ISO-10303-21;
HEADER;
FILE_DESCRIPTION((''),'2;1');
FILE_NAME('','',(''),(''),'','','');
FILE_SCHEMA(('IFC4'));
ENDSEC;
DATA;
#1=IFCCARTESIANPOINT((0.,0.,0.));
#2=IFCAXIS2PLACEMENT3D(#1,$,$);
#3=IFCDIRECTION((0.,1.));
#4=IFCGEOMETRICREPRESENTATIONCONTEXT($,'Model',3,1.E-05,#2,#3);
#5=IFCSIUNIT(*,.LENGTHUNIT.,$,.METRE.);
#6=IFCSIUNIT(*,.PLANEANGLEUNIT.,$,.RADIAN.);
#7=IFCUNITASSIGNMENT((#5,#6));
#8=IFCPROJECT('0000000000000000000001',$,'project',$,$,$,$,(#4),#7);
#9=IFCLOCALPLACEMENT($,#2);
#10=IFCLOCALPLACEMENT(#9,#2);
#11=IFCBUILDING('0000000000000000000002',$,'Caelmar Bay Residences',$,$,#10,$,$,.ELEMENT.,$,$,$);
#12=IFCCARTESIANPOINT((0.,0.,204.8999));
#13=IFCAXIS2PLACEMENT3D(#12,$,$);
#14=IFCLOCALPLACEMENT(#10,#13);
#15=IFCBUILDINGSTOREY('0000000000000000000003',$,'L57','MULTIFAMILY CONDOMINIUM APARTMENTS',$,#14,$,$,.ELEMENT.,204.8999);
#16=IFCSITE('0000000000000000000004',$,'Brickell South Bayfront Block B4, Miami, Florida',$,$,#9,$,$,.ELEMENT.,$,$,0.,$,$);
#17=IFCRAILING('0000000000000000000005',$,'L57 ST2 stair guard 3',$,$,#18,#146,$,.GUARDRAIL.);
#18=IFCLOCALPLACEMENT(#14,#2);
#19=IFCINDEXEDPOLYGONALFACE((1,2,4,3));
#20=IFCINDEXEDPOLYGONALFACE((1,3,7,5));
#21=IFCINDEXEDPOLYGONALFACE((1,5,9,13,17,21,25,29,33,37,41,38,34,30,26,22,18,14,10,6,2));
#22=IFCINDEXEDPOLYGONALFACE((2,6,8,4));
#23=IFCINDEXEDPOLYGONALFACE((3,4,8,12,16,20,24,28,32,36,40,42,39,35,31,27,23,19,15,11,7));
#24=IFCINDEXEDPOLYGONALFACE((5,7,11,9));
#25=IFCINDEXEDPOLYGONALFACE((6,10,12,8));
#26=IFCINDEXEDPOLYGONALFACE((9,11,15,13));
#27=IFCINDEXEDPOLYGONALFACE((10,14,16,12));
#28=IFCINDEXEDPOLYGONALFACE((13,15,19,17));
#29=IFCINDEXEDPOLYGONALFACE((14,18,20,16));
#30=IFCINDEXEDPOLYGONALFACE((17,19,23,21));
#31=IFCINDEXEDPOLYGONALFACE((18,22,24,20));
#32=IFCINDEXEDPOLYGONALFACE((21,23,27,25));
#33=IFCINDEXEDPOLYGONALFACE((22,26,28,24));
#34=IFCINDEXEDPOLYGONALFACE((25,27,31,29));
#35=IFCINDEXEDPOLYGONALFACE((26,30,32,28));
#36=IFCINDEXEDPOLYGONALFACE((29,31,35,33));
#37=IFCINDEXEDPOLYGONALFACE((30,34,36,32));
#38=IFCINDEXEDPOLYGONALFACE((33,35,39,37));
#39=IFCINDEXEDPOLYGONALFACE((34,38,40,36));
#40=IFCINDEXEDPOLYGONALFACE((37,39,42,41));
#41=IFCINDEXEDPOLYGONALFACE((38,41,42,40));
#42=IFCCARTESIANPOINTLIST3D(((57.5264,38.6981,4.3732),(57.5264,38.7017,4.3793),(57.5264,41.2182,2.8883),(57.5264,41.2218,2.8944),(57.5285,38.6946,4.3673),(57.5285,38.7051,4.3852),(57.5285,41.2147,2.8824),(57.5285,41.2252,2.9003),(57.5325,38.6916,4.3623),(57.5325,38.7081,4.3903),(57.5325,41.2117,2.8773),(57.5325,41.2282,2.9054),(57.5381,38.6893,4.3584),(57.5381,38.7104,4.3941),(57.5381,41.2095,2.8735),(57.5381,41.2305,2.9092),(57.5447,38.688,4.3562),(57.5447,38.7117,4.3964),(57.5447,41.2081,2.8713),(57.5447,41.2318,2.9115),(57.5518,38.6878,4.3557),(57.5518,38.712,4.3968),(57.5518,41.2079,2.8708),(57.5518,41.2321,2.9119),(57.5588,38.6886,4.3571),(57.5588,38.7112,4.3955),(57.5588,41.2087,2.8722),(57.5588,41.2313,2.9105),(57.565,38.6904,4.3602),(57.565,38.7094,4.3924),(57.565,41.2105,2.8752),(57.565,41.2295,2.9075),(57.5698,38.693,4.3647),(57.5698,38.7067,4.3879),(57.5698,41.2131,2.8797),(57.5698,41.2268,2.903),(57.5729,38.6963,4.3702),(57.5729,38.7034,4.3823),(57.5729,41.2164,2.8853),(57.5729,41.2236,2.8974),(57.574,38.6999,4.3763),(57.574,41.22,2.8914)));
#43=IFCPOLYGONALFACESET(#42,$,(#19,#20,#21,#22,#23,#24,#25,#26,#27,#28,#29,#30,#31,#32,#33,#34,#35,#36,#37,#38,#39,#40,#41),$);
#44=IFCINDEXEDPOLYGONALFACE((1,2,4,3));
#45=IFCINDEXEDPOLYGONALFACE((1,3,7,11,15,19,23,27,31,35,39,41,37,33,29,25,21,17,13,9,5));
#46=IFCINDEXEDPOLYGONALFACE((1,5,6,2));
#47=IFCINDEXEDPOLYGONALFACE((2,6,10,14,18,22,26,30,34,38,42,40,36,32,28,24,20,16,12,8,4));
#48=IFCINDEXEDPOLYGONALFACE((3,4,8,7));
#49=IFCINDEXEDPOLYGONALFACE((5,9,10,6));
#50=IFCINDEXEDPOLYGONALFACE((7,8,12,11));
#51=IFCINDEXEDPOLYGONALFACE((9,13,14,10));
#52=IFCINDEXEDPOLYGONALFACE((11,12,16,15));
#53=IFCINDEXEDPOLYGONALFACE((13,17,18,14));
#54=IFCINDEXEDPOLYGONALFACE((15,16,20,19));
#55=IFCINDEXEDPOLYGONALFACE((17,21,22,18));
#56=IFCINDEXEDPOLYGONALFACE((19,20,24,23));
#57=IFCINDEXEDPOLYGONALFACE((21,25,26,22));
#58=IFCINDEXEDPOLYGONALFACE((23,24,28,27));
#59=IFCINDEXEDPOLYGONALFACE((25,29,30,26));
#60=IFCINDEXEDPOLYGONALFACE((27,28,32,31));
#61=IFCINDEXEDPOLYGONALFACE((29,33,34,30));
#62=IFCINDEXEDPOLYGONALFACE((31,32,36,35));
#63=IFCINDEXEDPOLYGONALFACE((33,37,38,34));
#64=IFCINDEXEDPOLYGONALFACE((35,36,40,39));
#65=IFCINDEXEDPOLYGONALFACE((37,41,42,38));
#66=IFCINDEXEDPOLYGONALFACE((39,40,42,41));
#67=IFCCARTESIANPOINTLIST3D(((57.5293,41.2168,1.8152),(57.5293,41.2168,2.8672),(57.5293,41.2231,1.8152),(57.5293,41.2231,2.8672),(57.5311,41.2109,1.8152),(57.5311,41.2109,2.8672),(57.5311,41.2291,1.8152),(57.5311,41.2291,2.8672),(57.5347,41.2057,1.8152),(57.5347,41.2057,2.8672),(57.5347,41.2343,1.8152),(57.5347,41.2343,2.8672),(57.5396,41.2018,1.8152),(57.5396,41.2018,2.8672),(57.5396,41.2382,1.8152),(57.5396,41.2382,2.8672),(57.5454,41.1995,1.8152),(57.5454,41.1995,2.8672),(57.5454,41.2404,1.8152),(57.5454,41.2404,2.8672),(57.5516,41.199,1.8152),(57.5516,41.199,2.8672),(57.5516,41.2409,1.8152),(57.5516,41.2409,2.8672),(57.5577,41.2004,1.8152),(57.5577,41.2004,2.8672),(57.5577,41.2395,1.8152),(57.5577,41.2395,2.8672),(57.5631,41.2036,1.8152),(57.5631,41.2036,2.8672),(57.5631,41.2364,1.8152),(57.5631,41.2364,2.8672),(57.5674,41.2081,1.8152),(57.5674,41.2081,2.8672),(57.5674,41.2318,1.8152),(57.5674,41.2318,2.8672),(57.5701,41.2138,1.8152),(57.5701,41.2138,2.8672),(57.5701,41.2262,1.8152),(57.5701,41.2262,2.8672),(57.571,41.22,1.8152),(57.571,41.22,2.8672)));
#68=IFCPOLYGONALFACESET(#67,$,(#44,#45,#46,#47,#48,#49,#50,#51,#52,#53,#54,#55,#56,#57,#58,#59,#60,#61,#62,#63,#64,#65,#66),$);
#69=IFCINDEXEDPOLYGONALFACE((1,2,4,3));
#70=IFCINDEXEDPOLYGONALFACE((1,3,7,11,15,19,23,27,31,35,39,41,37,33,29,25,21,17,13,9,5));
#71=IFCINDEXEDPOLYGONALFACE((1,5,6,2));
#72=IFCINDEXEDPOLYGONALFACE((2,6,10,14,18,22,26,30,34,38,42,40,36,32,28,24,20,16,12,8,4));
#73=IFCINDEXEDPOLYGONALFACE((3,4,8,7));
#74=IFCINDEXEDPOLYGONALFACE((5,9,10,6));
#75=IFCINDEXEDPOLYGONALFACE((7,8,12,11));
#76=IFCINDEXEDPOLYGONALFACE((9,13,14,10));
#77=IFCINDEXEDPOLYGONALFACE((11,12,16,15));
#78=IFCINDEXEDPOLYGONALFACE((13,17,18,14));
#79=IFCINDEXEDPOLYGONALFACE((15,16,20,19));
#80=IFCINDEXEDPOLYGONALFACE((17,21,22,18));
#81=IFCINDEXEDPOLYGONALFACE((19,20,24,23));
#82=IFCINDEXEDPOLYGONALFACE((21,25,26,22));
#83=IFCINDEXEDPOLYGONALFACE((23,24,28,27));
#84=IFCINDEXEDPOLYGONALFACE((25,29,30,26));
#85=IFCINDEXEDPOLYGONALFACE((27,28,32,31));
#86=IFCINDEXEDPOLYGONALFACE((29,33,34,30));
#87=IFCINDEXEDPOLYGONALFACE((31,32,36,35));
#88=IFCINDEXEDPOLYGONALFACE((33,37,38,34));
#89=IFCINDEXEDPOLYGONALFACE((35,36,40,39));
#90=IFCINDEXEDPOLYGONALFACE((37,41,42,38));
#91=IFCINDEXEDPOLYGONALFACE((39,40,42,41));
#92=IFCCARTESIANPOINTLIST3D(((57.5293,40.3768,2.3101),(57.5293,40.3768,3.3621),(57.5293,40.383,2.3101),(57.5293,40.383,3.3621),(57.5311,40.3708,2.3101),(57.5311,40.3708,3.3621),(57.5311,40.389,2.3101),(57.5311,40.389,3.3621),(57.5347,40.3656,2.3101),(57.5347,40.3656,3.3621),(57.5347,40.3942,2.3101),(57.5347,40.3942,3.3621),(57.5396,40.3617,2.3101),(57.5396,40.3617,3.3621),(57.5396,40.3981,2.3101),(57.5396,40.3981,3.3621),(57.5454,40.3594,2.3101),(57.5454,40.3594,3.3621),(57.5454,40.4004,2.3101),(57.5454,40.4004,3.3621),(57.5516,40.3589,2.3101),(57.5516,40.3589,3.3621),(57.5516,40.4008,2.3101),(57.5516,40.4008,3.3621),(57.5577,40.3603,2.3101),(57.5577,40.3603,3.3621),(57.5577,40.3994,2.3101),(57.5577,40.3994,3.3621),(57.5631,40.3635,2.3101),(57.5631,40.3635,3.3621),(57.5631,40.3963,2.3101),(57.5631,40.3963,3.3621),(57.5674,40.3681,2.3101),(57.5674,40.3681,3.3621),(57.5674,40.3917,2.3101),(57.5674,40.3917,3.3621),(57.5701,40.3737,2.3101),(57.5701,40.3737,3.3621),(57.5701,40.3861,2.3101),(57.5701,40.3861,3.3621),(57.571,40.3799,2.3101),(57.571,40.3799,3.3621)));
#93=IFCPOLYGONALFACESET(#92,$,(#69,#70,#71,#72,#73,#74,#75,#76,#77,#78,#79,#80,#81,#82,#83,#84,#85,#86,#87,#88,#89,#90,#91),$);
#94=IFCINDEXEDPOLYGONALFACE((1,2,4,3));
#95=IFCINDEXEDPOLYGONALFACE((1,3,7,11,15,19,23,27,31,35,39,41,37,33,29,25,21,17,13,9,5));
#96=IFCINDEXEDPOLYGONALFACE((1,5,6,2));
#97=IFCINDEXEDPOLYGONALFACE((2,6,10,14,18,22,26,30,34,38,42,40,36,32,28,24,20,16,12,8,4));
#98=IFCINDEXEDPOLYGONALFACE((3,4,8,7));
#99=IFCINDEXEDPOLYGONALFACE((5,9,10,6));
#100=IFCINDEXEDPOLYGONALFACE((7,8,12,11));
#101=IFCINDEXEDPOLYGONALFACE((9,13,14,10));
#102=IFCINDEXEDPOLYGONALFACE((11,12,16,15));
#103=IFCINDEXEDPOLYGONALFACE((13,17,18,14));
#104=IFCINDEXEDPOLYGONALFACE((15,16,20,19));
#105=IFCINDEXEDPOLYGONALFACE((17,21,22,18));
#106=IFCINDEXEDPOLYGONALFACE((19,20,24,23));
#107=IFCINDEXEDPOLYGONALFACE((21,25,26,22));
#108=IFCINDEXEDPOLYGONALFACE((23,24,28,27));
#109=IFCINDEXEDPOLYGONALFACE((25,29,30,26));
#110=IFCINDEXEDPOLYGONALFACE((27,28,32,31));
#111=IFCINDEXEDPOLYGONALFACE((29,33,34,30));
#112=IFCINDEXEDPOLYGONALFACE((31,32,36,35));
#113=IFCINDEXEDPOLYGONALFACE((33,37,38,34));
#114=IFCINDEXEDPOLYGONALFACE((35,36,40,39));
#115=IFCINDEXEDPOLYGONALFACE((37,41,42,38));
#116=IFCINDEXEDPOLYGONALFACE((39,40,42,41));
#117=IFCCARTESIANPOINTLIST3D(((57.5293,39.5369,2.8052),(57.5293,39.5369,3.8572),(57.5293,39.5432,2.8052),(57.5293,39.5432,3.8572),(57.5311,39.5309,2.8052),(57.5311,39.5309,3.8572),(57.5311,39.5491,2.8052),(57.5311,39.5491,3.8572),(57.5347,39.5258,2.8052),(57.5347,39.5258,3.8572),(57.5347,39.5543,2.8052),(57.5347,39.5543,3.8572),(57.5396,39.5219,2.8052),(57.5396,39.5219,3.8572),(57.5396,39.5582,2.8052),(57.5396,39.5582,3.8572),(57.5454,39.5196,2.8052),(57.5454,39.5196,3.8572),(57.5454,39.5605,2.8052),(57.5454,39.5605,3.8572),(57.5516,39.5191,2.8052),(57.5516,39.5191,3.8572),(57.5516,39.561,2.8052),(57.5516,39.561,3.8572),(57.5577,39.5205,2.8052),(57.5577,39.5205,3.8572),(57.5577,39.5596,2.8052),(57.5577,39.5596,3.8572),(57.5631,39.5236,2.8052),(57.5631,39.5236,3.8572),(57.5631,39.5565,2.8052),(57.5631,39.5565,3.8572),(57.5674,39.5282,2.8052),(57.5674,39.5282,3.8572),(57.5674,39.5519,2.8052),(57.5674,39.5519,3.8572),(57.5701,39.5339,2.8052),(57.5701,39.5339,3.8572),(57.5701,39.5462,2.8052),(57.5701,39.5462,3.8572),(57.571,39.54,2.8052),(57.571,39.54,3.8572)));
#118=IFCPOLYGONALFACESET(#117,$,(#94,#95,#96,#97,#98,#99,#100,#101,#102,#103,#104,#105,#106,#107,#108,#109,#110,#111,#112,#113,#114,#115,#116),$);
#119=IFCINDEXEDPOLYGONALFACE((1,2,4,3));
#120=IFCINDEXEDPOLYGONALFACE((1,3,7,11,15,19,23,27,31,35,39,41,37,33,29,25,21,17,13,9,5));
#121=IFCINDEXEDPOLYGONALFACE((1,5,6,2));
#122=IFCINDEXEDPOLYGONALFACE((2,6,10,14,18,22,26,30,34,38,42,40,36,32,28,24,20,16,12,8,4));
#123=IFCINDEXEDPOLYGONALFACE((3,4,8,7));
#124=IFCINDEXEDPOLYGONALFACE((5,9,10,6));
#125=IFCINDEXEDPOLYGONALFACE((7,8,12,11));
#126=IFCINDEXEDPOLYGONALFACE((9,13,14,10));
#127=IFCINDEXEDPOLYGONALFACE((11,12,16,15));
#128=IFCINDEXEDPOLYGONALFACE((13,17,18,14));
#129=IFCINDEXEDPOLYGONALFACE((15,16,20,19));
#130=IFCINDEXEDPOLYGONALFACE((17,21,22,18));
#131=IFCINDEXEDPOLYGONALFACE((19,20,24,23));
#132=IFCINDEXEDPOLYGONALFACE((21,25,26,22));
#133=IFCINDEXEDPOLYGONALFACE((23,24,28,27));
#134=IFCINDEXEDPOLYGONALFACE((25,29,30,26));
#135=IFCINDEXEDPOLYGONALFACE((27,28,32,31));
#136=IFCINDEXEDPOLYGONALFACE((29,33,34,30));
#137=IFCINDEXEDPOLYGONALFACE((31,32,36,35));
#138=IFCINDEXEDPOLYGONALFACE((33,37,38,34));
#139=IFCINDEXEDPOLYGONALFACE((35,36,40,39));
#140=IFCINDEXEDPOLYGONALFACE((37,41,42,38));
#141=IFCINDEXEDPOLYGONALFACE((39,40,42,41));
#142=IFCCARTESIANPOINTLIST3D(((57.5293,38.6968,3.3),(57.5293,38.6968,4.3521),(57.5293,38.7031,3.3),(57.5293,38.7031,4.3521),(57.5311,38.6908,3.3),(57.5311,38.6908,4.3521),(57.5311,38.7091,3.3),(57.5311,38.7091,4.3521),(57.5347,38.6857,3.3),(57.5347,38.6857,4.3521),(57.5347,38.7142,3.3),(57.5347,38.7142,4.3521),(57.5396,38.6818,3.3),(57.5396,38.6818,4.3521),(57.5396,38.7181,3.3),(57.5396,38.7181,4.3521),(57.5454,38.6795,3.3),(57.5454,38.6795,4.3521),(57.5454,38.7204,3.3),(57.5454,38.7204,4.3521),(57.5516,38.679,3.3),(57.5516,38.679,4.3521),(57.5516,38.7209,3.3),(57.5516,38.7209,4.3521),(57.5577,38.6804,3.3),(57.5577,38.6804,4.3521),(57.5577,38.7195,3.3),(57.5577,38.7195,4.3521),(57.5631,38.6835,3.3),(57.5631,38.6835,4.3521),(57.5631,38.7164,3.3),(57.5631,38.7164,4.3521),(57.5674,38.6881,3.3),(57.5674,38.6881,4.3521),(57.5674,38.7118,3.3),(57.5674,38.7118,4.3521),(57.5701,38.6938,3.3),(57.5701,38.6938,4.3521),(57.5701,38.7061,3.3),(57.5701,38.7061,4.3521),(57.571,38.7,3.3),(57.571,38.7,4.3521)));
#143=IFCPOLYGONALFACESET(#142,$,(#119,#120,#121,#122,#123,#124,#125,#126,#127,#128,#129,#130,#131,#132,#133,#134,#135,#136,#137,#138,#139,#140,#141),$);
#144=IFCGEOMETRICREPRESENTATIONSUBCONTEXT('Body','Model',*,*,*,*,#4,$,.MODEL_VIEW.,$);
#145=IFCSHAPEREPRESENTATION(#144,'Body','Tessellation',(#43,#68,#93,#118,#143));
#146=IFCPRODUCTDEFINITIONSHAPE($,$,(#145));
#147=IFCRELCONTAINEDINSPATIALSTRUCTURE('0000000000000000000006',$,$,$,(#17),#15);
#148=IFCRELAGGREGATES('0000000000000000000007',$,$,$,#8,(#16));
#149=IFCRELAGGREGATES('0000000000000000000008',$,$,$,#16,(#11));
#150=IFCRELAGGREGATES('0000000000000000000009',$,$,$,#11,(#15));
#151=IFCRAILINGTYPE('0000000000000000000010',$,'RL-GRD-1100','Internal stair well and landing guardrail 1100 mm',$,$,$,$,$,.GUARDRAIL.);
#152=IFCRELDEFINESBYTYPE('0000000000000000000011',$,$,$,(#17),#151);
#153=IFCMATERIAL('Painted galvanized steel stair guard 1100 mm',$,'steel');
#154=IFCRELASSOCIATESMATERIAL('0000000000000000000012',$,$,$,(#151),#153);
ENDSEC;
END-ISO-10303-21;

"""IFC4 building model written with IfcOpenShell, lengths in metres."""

from ifc_helpers import new_model, si_unit, direction, frame, origin, origin_2d, place, context, subcontext, project, spatial, circle, extrude, material, type_object, element, save


model = new_model("IFC4")

# Units and contexts
model_context = context("Model", 3, precision=1e-05, world=origin(), true_north=direction((0.0, 1.0)))
body_context = subcontext(model_context, "Body", "Model", "MODEL_VIEW")
ifc_project = project(units=[si_unit("LENGTHUNIT", "METRE"), si_unit("PLANEANGLEUNIT", "RADIAN")], contexts=[model_context])

# Site, building, storey
site_placement = place(None, origin())
site = spatial("IfcSite", under=ifc_project, at=site_placement, Name="Brickell South Bayfront Block B4, Miami, Florida", CompositionType="ELEMENT", RefElevation=0.0)
building_placement = place(site_placement, origin())
building = spatial("IfcBuilding", under=site, at=building_placement, Name="Caelmar Bay Residences", CompositionType="ELEMENT")
storey_placement = place(building_placement, frame((0.0, 0.0, 204.8999)))
storey = spatial("IfcBuildingStorey", under=building, at=storey_placement, Name="L57", Description="MULTIFAMILY CONDOMINIUM APARTMENTS", CompositionType="ELEMENT", Elevation=204.8999)

# Railing
ifc_material_1 = material(Name="Painted galvanized steel stair guard 1100 mm", Category="steel")
railing_type = type_object("IfcRailingType", Name="RL-GRD-1100", Description="Internal stair well and landing guardrail 1100 mm", PredefinedType="GUARDRAIL", material=ifc_material_1)
railing_1_placement = place(storey_placement, frame((57.55, 41.22, 1.8152)))
element("IfcRailing", 1, at=railing_1_placement, inside=storey, type_object=railing_type, Name="L57 ST2 stair guard 3", PredefinedType="GUARDRAIL", context=body_context, shape_type="SweptSolid", body=[
    extrude(circle(Radius=0.0239, at=origin_2d()), frame((0.0, 0.0, 1.0762), z_axis=(0.0, -0.861561, 0.507655), x_axis=(1.0, 0.0, 0.0)), (0.0, 0.0, 1.0), 2.925),
    extrude(circle(Radius=0.021, at=origin_2d()), origin(), (0.0, 0.0, 1.0), 1.052),
    extrude(circle(Radius=0.021, at=origin_2d()), frame((0.0, -0.8401, 0.4949)), (0.0, 0.0, 1.0), 1.052),
    extrude(circle(Radius=0.021, at=origin_2d()), frame((0.0, -1.6799, 0.99)), (0.0, 0.0, 1.0), 1.052),
    extrude(circle(Radius=0.021, at=origin_2d()), frame((0.0, -2.52, 1.4849)), (0.0, 0.0, 1.0), 1.052),
])

save(model, "model.ifc")
